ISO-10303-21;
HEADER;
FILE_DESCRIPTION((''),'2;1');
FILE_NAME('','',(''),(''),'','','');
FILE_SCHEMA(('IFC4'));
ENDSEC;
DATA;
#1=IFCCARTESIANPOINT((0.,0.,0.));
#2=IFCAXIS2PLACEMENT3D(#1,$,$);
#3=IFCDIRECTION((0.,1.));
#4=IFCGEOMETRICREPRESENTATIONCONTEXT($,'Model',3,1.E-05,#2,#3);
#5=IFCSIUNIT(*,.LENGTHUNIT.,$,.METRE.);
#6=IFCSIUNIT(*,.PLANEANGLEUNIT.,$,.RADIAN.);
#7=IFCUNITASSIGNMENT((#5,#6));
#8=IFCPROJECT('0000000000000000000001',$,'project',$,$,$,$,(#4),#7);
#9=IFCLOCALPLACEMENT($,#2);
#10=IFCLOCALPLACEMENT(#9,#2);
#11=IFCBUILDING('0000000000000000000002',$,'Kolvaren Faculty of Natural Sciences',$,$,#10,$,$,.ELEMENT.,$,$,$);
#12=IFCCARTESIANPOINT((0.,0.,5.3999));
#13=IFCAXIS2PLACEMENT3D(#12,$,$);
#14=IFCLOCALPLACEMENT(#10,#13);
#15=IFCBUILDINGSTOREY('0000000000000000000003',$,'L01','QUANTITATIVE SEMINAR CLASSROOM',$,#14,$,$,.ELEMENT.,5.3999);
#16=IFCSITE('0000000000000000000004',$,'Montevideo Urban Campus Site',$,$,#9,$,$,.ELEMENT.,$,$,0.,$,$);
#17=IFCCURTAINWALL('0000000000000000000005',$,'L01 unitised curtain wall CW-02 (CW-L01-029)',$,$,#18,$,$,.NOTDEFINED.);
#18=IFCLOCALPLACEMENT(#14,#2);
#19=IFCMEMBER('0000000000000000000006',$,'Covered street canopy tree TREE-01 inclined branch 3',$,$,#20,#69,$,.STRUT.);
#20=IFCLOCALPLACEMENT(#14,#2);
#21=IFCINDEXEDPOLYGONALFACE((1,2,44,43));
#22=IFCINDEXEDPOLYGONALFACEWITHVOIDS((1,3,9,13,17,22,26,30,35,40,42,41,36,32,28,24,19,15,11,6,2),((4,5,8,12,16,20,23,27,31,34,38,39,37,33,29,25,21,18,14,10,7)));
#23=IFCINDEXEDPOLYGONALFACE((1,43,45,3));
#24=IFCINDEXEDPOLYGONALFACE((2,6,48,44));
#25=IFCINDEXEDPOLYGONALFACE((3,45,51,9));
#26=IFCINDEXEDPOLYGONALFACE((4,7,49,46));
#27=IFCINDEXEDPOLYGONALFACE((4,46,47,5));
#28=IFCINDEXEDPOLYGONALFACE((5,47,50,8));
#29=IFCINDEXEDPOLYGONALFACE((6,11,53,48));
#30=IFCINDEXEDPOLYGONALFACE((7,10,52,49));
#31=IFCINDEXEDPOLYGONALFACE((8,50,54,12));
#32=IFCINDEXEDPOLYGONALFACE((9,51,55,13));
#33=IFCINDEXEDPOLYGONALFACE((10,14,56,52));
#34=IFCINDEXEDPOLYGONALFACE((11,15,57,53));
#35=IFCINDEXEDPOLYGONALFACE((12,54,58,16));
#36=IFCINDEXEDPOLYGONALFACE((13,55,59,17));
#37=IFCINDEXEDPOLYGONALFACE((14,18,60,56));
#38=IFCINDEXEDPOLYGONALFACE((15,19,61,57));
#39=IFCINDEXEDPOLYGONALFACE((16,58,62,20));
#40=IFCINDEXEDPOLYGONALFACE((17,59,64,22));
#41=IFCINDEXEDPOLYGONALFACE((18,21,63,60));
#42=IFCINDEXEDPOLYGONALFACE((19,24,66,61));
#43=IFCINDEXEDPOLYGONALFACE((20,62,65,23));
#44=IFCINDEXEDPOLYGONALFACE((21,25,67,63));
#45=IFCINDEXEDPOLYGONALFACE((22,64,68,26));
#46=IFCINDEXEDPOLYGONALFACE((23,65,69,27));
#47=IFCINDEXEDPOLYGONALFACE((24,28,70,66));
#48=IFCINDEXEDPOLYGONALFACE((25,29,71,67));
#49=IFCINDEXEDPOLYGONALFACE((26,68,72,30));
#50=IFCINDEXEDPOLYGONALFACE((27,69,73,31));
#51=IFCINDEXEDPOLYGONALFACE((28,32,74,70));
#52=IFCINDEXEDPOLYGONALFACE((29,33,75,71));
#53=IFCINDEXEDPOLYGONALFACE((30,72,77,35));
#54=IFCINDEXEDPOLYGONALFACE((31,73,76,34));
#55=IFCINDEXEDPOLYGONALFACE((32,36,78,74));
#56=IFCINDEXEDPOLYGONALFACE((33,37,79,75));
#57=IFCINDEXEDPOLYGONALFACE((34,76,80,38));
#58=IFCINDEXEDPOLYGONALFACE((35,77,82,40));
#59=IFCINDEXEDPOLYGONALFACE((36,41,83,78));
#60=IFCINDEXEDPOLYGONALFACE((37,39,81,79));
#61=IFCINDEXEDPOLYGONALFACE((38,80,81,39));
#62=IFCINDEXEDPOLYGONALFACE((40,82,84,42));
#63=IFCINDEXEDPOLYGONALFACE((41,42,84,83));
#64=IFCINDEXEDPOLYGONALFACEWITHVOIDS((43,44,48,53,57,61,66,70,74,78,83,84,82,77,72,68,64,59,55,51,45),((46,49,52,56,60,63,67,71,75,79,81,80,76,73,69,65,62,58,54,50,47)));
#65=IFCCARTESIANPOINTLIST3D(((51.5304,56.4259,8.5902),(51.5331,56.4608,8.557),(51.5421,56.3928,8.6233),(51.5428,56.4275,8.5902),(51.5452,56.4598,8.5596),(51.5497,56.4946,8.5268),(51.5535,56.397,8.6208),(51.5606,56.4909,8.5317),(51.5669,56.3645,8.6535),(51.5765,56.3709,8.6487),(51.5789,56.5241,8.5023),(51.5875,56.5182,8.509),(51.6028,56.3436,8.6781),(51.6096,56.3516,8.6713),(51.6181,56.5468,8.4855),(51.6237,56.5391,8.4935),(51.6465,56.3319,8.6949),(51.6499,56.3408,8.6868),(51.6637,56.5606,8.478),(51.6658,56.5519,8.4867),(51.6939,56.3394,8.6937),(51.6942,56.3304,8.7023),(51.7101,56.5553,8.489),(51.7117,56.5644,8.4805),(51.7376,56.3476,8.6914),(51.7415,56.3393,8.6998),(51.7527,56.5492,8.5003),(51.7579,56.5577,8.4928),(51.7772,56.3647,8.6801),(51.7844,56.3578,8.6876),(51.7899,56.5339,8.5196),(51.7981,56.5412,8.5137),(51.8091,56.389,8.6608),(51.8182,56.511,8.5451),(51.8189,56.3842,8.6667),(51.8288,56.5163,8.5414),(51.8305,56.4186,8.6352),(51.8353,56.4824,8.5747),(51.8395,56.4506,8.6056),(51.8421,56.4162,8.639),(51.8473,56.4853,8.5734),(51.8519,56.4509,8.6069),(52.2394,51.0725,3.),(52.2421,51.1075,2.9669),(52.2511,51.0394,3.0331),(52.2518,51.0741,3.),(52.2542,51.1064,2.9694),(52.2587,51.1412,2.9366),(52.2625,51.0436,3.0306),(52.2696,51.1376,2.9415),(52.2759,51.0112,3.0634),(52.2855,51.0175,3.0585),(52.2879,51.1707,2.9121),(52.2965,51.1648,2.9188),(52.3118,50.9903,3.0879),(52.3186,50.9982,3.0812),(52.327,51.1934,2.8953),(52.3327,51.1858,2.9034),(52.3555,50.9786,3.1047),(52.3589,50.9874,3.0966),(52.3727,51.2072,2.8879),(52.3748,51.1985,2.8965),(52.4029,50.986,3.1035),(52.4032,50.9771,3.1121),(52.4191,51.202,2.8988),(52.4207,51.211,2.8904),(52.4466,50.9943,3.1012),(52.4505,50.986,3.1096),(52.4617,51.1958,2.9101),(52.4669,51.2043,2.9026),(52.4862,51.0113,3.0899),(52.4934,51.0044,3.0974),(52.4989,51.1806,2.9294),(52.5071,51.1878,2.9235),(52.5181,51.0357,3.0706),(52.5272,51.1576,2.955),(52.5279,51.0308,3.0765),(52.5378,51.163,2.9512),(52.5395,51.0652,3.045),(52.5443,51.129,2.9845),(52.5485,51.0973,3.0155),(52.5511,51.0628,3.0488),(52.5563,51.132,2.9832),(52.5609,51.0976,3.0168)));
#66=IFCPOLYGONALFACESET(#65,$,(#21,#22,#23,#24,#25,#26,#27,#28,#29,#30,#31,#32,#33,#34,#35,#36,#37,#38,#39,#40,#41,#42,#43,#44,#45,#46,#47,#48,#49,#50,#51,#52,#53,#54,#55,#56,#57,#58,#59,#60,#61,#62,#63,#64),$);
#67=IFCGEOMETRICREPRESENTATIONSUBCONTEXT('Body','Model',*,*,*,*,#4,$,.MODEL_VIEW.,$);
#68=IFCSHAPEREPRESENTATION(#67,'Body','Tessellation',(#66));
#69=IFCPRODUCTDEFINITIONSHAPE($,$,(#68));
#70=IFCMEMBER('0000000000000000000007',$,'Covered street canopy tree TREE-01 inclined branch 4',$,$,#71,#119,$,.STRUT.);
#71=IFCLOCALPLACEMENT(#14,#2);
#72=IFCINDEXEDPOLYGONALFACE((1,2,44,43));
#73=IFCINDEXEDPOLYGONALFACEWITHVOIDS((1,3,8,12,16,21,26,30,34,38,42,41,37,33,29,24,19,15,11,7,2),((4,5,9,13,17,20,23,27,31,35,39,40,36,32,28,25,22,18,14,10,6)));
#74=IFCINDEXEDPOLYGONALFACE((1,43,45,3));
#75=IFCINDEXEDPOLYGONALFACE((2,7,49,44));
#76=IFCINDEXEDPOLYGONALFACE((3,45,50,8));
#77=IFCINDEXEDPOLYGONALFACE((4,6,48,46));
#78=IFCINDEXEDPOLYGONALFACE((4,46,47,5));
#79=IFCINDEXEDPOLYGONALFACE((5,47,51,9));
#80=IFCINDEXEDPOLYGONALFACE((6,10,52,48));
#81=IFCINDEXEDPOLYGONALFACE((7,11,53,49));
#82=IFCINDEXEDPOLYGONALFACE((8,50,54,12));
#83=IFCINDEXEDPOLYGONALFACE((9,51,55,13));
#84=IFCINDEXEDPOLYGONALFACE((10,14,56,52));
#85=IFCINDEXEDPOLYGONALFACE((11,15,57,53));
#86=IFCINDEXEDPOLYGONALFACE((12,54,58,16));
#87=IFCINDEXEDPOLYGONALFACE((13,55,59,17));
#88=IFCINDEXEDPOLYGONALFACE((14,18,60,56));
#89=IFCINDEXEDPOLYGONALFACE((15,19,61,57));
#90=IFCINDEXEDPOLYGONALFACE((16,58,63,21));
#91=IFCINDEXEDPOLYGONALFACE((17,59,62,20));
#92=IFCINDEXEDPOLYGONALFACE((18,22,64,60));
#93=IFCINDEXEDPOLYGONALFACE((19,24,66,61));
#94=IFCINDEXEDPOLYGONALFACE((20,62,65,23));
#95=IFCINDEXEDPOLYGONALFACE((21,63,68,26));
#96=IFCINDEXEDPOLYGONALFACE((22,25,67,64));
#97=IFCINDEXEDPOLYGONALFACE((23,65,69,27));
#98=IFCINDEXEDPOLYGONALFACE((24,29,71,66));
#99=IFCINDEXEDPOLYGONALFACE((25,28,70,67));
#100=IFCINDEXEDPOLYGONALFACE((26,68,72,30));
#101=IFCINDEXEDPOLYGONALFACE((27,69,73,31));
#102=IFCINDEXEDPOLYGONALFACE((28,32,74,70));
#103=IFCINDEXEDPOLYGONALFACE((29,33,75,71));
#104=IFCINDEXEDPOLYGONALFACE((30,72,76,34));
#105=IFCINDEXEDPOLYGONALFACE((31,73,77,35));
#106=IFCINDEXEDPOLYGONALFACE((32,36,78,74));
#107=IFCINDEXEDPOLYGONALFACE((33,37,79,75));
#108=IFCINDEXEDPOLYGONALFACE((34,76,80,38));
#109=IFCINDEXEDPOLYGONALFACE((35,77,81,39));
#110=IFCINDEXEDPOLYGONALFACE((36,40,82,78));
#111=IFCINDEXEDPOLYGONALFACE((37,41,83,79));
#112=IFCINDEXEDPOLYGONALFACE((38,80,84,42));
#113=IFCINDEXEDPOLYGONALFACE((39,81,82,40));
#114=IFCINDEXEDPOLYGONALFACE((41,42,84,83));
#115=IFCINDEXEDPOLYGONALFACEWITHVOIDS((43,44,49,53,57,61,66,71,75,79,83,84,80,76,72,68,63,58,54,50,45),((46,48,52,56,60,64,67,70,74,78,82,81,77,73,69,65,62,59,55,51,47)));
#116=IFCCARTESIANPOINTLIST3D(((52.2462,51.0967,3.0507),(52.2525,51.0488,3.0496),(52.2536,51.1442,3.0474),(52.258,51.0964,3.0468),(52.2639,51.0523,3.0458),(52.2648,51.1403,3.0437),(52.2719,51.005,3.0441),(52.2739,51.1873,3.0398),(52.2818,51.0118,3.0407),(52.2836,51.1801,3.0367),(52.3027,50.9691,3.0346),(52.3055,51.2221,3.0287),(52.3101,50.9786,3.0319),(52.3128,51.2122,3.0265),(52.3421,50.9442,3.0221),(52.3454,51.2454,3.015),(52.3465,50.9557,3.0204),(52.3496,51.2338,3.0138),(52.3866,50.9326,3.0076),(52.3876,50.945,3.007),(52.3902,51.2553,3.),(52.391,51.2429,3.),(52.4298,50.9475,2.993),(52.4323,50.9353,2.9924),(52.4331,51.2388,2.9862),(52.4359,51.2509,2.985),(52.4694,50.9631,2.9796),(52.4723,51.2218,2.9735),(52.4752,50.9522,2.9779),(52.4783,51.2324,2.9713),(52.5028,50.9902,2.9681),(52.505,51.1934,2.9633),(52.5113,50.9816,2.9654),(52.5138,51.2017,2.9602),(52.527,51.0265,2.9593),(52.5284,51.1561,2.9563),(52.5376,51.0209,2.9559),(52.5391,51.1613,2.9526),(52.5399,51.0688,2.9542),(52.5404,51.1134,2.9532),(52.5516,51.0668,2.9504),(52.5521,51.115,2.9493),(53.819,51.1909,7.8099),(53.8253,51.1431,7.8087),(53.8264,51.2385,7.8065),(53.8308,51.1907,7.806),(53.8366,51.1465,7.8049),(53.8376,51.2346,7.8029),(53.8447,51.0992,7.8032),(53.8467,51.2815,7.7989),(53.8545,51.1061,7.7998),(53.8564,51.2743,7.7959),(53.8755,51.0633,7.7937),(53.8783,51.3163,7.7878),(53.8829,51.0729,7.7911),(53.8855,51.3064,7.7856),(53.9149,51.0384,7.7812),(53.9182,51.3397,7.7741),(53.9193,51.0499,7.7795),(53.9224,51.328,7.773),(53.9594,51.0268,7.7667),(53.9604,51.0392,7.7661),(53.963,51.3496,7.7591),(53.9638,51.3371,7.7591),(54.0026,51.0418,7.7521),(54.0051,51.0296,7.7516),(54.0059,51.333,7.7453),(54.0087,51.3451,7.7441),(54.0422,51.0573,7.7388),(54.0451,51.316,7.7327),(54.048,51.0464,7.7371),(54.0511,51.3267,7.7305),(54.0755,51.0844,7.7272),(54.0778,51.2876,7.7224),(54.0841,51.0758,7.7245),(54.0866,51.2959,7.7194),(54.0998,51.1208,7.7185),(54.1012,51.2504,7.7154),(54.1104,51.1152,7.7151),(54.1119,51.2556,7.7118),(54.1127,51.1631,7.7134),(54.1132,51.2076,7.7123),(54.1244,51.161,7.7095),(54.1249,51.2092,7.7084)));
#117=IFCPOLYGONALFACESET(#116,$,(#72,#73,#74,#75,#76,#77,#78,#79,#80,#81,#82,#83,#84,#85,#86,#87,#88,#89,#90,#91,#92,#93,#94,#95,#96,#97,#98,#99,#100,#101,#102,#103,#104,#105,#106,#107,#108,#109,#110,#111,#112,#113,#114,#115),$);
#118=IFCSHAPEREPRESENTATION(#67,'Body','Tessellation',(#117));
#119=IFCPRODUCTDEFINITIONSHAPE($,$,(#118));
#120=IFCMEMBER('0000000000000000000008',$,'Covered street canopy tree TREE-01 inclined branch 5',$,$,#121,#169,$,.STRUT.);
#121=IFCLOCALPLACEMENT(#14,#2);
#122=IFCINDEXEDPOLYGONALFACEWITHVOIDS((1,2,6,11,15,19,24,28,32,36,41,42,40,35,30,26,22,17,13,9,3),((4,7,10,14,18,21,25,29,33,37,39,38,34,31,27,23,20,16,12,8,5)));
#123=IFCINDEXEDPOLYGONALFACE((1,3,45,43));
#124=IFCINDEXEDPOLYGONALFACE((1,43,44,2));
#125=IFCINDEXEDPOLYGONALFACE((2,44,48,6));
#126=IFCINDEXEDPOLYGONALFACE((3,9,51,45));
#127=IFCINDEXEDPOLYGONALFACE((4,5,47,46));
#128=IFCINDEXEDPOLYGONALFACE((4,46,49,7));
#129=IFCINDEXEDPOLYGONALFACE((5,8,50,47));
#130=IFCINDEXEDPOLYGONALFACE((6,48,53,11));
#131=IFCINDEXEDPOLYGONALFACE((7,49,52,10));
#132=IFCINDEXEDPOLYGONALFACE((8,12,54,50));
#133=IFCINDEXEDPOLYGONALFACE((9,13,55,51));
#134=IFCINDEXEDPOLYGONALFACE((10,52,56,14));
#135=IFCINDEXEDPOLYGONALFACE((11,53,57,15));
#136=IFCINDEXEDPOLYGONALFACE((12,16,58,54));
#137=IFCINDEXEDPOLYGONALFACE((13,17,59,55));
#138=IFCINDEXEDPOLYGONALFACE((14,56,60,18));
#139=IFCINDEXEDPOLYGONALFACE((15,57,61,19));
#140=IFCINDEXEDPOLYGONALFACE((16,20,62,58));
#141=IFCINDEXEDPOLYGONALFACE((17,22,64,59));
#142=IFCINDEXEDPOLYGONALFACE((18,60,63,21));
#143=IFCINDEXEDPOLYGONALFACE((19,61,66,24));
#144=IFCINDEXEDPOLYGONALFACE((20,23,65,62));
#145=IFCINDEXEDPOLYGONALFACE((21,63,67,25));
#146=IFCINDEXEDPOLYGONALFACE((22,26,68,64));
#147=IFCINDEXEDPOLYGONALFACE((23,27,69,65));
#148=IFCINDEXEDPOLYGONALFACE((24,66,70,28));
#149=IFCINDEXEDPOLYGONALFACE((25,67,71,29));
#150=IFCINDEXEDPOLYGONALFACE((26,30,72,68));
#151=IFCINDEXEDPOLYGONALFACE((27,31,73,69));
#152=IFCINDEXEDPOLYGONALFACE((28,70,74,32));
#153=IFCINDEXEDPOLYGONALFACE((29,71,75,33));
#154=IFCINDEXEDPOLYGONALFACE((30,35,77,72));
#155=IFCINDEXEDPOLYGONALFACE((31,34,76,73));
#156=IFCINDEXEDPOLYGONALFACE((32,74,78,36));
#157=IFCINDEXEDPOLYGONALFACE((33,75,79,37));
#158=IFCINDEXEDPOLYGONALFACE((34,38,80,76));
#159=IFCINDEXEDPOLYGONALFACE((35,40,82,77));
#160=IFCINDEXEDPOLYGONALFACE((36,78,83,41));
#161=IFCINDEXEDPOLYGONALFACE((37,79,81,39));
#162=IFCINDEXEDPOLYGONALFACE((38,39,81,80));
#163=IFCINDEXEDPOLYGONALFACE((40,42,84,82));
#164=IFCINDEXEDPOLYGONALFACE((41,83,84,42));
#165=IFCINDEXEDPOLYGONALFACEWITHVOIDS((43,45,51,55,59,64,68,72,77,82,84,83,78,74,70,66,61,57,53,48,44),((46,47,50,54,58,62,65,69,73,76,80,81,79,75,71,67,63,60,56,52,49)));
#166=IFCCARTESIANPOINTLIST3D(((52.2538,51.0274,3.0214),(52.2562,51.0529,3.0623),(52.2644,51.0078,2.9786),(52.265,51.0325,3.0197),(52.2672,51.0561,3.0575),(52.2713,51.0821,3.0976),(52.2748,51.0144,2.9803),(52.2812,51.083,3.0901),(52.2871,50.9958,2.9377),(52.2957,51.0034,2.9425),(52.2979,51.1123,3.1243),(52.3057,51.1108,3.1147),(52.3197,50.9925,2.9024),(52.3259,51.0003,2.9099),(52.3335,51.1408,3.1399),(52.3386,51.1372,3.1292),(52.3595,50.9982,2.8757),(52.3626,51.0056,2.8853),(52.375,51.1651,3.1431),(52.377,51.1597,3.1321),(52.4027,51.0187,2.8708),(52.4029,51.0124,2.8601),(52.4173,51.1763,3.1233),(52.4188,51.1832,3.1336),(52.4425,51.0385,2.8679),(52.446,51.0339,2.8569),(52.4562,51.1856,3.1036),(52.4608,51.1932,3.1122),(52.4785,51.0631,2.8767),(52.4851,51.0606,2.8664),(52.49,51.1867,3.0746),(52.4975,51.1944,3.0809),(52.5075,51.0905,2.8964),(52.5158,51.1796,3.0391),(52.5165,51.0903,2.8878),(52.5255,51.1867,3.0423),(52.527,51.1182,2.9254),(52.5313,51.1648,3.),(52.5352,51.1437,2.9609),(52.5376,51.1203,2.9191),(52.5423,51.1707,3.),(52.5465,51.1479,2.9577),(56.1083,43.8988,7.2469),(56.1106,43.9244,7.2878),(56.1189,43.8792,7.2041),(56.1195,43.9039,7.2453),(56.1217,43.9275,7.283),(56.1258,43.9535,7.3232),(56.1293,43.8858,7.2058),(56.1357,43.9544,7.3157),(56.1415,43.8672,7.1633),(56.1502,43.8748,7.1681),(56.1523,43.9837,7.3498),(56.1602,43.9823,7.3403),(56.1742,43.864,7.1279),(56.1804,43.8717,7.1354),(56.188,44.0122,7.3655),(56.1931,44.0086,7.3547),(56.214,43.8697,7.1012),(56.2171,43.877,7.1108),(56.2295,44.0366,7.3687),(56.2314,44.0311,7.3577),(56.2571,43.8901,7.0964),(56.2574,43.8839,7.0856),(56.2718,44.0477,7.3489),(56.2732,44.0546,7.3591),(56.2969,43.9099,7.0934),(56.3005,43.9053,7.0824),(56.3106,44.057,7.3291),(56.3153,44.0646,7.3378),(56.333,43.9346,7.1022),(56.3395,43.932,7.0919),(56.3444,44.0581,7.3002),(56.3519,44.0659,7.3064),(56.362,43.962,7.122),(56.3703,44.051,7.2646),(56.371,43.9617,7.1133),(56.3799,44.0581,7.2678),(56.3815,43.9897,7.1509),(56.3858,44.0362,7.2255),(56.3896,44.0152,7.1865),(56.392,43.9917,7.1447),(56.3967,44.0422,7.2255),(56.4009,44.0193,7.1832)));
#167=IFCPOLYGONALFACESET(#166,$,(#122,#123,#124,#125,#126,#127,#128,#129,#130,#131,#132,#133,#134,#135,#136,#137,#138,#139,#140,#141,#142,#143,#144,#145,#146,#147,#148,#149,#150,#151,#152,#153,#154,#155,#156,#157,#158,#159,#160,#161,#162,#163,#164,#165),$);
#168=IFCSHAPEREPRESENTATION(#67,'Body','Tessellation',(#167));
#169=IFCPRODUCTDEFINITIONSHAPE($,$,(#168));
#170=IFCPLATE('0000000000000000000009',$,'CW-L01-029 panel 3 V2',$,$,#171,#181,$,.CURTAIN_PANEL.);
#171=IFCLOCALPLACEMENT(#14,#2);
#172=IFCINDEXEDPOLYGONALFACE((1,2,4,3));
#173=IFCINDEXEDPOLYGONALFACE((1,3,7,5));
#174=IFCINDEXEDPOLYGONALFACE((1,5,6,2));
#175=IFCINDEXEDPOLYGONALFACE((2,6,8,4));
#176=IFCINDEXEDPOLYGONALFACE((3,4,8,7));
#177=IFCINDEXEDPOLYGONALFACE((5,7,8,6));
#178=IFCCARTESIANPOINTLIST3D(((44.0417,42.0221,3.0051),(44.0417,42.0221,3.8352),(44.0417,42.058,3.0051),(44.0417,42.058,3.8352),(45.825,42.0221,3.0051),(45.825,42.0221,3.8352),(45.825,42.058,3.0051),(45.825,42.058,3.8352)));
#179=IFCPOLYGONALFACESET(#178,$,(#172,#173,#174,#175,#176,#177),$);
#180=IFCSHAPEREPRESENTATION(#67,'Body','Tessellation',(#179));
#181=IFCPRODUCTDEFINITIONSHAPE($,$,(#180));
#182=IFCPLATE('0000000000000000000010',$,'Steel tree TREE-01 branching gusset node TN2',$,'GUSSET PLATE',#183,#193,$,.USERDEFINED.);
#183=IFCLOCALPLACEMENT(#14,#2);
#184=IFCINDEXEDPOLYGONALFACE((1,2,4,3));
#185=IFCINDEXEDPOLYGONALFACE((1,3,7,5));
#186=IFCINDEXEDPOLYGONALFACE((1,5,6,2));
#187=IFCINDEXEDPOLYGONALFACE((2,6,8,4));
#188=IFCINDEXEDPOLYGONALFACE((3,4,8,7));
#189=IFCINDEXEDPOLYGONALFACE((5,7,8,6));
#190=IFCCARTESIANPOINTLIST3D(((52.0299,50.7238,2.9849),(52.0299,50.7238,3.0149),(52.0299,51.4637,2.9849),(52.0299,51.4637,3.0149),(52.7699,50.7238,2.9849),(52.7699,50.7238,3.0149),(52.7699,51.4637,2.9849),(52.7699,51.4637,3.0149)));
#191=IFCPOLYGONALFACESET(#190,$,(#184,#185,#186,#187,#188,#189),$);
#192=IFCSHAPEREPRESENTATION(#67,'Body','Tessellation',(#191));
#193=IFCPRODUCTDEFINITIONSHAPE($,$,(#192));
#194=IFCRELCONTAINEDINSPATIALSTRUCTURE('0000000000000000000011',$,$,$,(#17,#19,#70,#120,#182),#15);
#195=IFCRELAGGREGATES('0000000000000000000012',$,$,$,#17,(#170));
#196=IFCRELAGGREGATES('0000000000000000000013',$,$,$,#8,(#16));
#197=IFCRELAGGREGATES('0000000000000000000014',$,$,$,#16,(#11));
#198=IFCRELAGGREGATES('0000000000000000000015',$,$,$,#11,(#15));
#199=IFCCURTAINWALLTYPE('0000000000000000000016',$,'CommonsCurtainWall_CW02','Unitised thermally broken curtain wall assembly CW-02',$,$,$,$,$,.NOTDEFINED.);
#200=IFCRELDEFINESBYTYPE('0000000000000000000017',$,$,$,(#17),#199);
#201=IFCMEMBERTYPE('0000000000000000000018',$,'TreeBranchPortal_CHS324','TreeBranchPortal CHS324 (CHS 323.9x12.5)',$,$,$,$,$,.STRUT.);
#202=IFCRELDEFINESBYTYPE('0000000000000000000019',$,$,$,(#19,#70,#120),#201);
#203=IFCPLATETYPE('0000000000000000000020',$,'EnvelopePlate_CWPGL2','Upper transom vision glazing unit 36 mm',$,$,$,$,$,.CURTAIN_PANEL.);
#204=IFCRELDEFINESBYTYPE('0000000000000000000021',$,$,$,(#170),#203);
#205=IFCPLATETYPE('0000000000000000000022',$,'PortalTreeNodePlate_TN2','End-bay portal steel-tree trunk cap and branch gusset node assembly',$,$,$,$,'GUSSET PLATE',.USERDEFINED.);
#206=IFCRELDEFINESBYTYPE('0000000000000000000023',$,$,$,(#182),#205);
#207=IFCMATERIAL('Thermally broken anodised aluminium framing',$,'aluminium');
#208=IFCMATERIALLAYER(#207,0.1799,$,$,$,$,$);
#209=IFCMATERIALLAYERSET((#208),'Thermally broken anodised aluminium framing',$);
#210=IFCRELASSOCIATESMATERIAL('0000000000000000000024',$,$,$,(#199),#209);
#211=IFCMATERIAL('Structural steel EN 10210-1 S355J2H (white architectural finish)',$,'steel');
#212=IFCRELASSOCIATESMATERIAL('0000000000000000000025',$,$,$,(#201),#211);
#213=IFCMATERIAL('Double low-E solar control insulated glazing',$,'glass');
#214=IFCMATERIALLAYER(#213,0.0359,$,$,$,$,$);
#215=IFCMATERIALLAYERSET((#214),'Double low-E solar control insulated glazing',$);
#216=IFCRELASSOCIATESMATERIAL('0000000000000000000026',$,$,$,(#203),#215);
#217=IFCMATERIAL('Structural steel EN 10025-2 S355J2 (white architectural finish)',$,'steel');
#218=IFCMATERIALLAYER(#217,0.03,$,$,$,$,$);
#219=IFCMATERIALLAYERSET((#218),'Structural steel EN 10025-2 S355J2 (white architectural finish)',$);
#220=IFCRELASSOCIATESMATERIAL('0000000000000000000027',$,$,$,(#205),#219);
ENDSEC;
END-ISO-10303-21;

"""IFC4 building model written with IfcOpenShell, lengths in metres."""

from ifc_helpers import new_model, si_unit, direction, frame, origin, origin_2d, place, context, subcontext, project, spatial, rectangle, hollow_circle, extrude, material, layer, layer_set, material_profile, profile_set, type_object, element, aggregate, save


model = new_model("IFC4")

# Units and contexts
model_context = context("Model", 3, precision=1e-05, world=origin(), true_north=direction((0.0, 1.0)))
body_context = subcontext(model_context, "Body", "Model", "MODEL_VIEW")
ifc_project = project(units=[si_unit("LENGTHUNIT", "METRE"), si_unit("PLANEANGLEUNIT", "RADIAN")], contexts=[model_context])

# Site, building, storey
site_placement = place(None, origin())
site = spatial("IfcSite", under=ifc_project, at=site_placement, Name="Montevideo Urban Campus Site", CompositionType="ELEMENT", RefElevation=0.0)
building_placement = place(site_placement, origin())
building = spatial("IfcBuilding", under=site, at=building_placement, Name="Kolvaren Faculty of Natural Sciences", CompositionType="ELEMENT")
storey_placement = place(building_placement, frame((0.0, 0.0, 5.3999)))
storey = spatial("IfcBuildingStorey", under=building, at=storey_placement, Name="L01", Description="QUANTITATIVE SEMINAR CLASSROOM", CompositionType="ELEMENT", Elevation=5.3999)

# Curtain wall
ifc_material_1 = material(Name="Thermally broken anodised aluminium framing", Category="aluminium")
ifc_layer_1 = layer(ifc_material_1, 0.1799)
ifc_layer_set_1 = layer_set([ifc_layer_1], Name="Thermally broken anodised aluminium framing")
curtain_wall_type = type_object("IfcCurtainWallType", Name="CommonsCurtainWall_CW02", Description="Unitised thermally broken curtain wall assembly CW-02", PredefinedType="NOTDEFINED", material=ifc_layer_set_1)
curtain_wall_placement = place(storey_placement, origin())
curtain_wall = element("IfcCurtainWall", 1, at=curtain_wall_placement, inside=storey, type_object=curtain_wall_type, Name="L01 unitised curtain wall CW-02 (CW-L01-029)", PredefinedType="NOTDEFINED")

# Members
ifc_material_2 = material(Name="Structural steel EN 10210-1 S355J2H (white architectural finish)", Category="steel")
ifc_material_profile_1 = material_profile(ifc_material_2, hollow_circle(Radius=0.1619, WallThickness=0.0125, at=origin_2d()), Name="CHS 323.9x12.5")
ifc_profile_set_1 = profile_set([ifc_material_profile_1], Name="Structural steel EN 10210-1 S355J2H (white architectural finish)")
member_type_1 = type_object("IfcMemberType", Name="TreeBranchPortal_CHS324", Description="TreeBranchPortal CHS324 (CHS 323.9x12.5)", PredefinedType="STRUT", material=ifc_profile_set_1)
member_1_placement = place(storey_placement, frame((52.3999, 51.0938, 3.0), z_axis=(-0.091219, 0.688759, 0.719229), x_axis=(-0.991344, -0.131293, 0.0)))
element("IfcMember", 2, at=member_1_placement, inside=storey, type_object=member_type_1, Name="Covered street canopy tree TREE-01 inclined branch 3", PredefinedType="STRUT", context=body_context, shape_type="SweptSolid", body=[
    extrude(hollow_circle(Radius=0.1619, WallThickness=0.0125, at=origin_2d()), origin(), (0.0, 0.0, 1.0), 7.7725),
])
member_2_placement = place(storey_placement, frame((52.3999, 51.0938, 3.0), z_axis=(0.313731, 0.018799, 0.949326), x_axis=(-0.059812, 0.99821, 0.0)))
element("IfcMember", 3, at=member_2_placement, inside=storey, type_object=member_type_1, Name="Covered street canopy tree TREE-01 inclined branch 4", PredefinedType="STRUT", context=body_context, shape_type="SweptSolid", body=[
    extrude(hollow_circle(Radius=0.1619, WallThickness=0.0125, at=origin_2d()), origin(), (0.0, 0.0, 1.0), 5.0132),
])
member_3_placement = place(storey_placement, frame((52.3999, 51.0938, 3.0), z_axis=(0.42174, -0.779984, 0.462343), x_axis=(0.879647, 0.475628, 0.0)))
element("IfcMember", 4, at=member_3_placement, inside=storey, type_object=member_type_1, Name="Covered street canopy tree TREE-01 inclined branch 5", PredefinedType="STRUT", context=body_context, shape_type="SweptSolid", body=[
    extrude(hollow_circle(Radius=0.1619, WallThickness=0.0125, at=origin_2d()), origin(), (0.0, 0.0, 1.0), 9.1394),
])

# Plate
ifc_material_3 = material(Name="Double low-E solar control insulated glazing", Category="glass")
ifc_layer_2 = layer(ifc_material_3, 0.0359)
ifc_layer_set_2 = layer_set([ifc_layer_2], Name="Double low-E solar control insulated glazing")
plate_type_1 = type_object("IfcPlateType", Name="EnvelopePlate_CWPGL2", Description="Upper transom vision glazing unit 36 mm", PredefinedType="CURTAIN_PANEL", material=ifc_layer_set_2)
plate_placement = place(storey_placement, frame((44.9333, 42.04, 3.0051), z_axis=(0.0, 0.0, 1.0), x_axis=(1.0, 0.0, 0.0)))
plate = element("IfcPlate", 5, at=plate_placement, type_object=plate_type_1, Name="CW-L01-029 panel 3 V2", PredefinedType="CURTAIN_PANEL", context=body_context, shape_type="SweptSolid", body=[
    extrude(rectangle(XDim=1.7832, YDim=0.0359, at=origin_2d()), origin(), (0.0, 0.0, 1.0), 0.8301),
])
aggregate(curtain_wall, [plate])

# Plate
ifc_material_4 = material(Name="Structural steel EN 10025-2 S355J2 (white architectural finish)", Category="steel")
ifc_layer_3 = layer(ifc_material_4, 0.03)
ifc_layer_set_3 = layer_set([ifc_layer_3], Name="Structural steel EN 10025-2 S355J2 (white architectural finish)")
plate_type_2 = type_object("IfcPlateType", Name="PortalTreeNodePlate_TN2", Description="End-bay portal steel-tree trunk cap and branch gusset node assembly", ElementType="GUSSET PLATE", PredefinedType="USERDEFINED", material=ifc_layer_set_3)
for number, where, z_axis, x_axis, name in (
    (6, (52.3999, 51.0938, 2.9849), (0.0, 0.0, 1.0), (1.0, 0.0, 0.0), "Steel tree TREE-01 branching gusset node TN2"),
):
    element("IfcPlate", number, at=place(storey_placement, frame(where, z_axis=z_axis, x_axis=x_axis)), inside=storey, type_object=plate_type_2, Name=name, ObjectType="GUSSET PLATE", PredefinedType="USERDEFINED", context=body_context, shape_type="SweptSolid", body=[
        extrude(rectangle(XDim=0.74, YDim=0.74, at=origin_2d()), origin(), (0.0, 0.0, 1.0), 0.03),
    ])

save(model, "model.ifc")
